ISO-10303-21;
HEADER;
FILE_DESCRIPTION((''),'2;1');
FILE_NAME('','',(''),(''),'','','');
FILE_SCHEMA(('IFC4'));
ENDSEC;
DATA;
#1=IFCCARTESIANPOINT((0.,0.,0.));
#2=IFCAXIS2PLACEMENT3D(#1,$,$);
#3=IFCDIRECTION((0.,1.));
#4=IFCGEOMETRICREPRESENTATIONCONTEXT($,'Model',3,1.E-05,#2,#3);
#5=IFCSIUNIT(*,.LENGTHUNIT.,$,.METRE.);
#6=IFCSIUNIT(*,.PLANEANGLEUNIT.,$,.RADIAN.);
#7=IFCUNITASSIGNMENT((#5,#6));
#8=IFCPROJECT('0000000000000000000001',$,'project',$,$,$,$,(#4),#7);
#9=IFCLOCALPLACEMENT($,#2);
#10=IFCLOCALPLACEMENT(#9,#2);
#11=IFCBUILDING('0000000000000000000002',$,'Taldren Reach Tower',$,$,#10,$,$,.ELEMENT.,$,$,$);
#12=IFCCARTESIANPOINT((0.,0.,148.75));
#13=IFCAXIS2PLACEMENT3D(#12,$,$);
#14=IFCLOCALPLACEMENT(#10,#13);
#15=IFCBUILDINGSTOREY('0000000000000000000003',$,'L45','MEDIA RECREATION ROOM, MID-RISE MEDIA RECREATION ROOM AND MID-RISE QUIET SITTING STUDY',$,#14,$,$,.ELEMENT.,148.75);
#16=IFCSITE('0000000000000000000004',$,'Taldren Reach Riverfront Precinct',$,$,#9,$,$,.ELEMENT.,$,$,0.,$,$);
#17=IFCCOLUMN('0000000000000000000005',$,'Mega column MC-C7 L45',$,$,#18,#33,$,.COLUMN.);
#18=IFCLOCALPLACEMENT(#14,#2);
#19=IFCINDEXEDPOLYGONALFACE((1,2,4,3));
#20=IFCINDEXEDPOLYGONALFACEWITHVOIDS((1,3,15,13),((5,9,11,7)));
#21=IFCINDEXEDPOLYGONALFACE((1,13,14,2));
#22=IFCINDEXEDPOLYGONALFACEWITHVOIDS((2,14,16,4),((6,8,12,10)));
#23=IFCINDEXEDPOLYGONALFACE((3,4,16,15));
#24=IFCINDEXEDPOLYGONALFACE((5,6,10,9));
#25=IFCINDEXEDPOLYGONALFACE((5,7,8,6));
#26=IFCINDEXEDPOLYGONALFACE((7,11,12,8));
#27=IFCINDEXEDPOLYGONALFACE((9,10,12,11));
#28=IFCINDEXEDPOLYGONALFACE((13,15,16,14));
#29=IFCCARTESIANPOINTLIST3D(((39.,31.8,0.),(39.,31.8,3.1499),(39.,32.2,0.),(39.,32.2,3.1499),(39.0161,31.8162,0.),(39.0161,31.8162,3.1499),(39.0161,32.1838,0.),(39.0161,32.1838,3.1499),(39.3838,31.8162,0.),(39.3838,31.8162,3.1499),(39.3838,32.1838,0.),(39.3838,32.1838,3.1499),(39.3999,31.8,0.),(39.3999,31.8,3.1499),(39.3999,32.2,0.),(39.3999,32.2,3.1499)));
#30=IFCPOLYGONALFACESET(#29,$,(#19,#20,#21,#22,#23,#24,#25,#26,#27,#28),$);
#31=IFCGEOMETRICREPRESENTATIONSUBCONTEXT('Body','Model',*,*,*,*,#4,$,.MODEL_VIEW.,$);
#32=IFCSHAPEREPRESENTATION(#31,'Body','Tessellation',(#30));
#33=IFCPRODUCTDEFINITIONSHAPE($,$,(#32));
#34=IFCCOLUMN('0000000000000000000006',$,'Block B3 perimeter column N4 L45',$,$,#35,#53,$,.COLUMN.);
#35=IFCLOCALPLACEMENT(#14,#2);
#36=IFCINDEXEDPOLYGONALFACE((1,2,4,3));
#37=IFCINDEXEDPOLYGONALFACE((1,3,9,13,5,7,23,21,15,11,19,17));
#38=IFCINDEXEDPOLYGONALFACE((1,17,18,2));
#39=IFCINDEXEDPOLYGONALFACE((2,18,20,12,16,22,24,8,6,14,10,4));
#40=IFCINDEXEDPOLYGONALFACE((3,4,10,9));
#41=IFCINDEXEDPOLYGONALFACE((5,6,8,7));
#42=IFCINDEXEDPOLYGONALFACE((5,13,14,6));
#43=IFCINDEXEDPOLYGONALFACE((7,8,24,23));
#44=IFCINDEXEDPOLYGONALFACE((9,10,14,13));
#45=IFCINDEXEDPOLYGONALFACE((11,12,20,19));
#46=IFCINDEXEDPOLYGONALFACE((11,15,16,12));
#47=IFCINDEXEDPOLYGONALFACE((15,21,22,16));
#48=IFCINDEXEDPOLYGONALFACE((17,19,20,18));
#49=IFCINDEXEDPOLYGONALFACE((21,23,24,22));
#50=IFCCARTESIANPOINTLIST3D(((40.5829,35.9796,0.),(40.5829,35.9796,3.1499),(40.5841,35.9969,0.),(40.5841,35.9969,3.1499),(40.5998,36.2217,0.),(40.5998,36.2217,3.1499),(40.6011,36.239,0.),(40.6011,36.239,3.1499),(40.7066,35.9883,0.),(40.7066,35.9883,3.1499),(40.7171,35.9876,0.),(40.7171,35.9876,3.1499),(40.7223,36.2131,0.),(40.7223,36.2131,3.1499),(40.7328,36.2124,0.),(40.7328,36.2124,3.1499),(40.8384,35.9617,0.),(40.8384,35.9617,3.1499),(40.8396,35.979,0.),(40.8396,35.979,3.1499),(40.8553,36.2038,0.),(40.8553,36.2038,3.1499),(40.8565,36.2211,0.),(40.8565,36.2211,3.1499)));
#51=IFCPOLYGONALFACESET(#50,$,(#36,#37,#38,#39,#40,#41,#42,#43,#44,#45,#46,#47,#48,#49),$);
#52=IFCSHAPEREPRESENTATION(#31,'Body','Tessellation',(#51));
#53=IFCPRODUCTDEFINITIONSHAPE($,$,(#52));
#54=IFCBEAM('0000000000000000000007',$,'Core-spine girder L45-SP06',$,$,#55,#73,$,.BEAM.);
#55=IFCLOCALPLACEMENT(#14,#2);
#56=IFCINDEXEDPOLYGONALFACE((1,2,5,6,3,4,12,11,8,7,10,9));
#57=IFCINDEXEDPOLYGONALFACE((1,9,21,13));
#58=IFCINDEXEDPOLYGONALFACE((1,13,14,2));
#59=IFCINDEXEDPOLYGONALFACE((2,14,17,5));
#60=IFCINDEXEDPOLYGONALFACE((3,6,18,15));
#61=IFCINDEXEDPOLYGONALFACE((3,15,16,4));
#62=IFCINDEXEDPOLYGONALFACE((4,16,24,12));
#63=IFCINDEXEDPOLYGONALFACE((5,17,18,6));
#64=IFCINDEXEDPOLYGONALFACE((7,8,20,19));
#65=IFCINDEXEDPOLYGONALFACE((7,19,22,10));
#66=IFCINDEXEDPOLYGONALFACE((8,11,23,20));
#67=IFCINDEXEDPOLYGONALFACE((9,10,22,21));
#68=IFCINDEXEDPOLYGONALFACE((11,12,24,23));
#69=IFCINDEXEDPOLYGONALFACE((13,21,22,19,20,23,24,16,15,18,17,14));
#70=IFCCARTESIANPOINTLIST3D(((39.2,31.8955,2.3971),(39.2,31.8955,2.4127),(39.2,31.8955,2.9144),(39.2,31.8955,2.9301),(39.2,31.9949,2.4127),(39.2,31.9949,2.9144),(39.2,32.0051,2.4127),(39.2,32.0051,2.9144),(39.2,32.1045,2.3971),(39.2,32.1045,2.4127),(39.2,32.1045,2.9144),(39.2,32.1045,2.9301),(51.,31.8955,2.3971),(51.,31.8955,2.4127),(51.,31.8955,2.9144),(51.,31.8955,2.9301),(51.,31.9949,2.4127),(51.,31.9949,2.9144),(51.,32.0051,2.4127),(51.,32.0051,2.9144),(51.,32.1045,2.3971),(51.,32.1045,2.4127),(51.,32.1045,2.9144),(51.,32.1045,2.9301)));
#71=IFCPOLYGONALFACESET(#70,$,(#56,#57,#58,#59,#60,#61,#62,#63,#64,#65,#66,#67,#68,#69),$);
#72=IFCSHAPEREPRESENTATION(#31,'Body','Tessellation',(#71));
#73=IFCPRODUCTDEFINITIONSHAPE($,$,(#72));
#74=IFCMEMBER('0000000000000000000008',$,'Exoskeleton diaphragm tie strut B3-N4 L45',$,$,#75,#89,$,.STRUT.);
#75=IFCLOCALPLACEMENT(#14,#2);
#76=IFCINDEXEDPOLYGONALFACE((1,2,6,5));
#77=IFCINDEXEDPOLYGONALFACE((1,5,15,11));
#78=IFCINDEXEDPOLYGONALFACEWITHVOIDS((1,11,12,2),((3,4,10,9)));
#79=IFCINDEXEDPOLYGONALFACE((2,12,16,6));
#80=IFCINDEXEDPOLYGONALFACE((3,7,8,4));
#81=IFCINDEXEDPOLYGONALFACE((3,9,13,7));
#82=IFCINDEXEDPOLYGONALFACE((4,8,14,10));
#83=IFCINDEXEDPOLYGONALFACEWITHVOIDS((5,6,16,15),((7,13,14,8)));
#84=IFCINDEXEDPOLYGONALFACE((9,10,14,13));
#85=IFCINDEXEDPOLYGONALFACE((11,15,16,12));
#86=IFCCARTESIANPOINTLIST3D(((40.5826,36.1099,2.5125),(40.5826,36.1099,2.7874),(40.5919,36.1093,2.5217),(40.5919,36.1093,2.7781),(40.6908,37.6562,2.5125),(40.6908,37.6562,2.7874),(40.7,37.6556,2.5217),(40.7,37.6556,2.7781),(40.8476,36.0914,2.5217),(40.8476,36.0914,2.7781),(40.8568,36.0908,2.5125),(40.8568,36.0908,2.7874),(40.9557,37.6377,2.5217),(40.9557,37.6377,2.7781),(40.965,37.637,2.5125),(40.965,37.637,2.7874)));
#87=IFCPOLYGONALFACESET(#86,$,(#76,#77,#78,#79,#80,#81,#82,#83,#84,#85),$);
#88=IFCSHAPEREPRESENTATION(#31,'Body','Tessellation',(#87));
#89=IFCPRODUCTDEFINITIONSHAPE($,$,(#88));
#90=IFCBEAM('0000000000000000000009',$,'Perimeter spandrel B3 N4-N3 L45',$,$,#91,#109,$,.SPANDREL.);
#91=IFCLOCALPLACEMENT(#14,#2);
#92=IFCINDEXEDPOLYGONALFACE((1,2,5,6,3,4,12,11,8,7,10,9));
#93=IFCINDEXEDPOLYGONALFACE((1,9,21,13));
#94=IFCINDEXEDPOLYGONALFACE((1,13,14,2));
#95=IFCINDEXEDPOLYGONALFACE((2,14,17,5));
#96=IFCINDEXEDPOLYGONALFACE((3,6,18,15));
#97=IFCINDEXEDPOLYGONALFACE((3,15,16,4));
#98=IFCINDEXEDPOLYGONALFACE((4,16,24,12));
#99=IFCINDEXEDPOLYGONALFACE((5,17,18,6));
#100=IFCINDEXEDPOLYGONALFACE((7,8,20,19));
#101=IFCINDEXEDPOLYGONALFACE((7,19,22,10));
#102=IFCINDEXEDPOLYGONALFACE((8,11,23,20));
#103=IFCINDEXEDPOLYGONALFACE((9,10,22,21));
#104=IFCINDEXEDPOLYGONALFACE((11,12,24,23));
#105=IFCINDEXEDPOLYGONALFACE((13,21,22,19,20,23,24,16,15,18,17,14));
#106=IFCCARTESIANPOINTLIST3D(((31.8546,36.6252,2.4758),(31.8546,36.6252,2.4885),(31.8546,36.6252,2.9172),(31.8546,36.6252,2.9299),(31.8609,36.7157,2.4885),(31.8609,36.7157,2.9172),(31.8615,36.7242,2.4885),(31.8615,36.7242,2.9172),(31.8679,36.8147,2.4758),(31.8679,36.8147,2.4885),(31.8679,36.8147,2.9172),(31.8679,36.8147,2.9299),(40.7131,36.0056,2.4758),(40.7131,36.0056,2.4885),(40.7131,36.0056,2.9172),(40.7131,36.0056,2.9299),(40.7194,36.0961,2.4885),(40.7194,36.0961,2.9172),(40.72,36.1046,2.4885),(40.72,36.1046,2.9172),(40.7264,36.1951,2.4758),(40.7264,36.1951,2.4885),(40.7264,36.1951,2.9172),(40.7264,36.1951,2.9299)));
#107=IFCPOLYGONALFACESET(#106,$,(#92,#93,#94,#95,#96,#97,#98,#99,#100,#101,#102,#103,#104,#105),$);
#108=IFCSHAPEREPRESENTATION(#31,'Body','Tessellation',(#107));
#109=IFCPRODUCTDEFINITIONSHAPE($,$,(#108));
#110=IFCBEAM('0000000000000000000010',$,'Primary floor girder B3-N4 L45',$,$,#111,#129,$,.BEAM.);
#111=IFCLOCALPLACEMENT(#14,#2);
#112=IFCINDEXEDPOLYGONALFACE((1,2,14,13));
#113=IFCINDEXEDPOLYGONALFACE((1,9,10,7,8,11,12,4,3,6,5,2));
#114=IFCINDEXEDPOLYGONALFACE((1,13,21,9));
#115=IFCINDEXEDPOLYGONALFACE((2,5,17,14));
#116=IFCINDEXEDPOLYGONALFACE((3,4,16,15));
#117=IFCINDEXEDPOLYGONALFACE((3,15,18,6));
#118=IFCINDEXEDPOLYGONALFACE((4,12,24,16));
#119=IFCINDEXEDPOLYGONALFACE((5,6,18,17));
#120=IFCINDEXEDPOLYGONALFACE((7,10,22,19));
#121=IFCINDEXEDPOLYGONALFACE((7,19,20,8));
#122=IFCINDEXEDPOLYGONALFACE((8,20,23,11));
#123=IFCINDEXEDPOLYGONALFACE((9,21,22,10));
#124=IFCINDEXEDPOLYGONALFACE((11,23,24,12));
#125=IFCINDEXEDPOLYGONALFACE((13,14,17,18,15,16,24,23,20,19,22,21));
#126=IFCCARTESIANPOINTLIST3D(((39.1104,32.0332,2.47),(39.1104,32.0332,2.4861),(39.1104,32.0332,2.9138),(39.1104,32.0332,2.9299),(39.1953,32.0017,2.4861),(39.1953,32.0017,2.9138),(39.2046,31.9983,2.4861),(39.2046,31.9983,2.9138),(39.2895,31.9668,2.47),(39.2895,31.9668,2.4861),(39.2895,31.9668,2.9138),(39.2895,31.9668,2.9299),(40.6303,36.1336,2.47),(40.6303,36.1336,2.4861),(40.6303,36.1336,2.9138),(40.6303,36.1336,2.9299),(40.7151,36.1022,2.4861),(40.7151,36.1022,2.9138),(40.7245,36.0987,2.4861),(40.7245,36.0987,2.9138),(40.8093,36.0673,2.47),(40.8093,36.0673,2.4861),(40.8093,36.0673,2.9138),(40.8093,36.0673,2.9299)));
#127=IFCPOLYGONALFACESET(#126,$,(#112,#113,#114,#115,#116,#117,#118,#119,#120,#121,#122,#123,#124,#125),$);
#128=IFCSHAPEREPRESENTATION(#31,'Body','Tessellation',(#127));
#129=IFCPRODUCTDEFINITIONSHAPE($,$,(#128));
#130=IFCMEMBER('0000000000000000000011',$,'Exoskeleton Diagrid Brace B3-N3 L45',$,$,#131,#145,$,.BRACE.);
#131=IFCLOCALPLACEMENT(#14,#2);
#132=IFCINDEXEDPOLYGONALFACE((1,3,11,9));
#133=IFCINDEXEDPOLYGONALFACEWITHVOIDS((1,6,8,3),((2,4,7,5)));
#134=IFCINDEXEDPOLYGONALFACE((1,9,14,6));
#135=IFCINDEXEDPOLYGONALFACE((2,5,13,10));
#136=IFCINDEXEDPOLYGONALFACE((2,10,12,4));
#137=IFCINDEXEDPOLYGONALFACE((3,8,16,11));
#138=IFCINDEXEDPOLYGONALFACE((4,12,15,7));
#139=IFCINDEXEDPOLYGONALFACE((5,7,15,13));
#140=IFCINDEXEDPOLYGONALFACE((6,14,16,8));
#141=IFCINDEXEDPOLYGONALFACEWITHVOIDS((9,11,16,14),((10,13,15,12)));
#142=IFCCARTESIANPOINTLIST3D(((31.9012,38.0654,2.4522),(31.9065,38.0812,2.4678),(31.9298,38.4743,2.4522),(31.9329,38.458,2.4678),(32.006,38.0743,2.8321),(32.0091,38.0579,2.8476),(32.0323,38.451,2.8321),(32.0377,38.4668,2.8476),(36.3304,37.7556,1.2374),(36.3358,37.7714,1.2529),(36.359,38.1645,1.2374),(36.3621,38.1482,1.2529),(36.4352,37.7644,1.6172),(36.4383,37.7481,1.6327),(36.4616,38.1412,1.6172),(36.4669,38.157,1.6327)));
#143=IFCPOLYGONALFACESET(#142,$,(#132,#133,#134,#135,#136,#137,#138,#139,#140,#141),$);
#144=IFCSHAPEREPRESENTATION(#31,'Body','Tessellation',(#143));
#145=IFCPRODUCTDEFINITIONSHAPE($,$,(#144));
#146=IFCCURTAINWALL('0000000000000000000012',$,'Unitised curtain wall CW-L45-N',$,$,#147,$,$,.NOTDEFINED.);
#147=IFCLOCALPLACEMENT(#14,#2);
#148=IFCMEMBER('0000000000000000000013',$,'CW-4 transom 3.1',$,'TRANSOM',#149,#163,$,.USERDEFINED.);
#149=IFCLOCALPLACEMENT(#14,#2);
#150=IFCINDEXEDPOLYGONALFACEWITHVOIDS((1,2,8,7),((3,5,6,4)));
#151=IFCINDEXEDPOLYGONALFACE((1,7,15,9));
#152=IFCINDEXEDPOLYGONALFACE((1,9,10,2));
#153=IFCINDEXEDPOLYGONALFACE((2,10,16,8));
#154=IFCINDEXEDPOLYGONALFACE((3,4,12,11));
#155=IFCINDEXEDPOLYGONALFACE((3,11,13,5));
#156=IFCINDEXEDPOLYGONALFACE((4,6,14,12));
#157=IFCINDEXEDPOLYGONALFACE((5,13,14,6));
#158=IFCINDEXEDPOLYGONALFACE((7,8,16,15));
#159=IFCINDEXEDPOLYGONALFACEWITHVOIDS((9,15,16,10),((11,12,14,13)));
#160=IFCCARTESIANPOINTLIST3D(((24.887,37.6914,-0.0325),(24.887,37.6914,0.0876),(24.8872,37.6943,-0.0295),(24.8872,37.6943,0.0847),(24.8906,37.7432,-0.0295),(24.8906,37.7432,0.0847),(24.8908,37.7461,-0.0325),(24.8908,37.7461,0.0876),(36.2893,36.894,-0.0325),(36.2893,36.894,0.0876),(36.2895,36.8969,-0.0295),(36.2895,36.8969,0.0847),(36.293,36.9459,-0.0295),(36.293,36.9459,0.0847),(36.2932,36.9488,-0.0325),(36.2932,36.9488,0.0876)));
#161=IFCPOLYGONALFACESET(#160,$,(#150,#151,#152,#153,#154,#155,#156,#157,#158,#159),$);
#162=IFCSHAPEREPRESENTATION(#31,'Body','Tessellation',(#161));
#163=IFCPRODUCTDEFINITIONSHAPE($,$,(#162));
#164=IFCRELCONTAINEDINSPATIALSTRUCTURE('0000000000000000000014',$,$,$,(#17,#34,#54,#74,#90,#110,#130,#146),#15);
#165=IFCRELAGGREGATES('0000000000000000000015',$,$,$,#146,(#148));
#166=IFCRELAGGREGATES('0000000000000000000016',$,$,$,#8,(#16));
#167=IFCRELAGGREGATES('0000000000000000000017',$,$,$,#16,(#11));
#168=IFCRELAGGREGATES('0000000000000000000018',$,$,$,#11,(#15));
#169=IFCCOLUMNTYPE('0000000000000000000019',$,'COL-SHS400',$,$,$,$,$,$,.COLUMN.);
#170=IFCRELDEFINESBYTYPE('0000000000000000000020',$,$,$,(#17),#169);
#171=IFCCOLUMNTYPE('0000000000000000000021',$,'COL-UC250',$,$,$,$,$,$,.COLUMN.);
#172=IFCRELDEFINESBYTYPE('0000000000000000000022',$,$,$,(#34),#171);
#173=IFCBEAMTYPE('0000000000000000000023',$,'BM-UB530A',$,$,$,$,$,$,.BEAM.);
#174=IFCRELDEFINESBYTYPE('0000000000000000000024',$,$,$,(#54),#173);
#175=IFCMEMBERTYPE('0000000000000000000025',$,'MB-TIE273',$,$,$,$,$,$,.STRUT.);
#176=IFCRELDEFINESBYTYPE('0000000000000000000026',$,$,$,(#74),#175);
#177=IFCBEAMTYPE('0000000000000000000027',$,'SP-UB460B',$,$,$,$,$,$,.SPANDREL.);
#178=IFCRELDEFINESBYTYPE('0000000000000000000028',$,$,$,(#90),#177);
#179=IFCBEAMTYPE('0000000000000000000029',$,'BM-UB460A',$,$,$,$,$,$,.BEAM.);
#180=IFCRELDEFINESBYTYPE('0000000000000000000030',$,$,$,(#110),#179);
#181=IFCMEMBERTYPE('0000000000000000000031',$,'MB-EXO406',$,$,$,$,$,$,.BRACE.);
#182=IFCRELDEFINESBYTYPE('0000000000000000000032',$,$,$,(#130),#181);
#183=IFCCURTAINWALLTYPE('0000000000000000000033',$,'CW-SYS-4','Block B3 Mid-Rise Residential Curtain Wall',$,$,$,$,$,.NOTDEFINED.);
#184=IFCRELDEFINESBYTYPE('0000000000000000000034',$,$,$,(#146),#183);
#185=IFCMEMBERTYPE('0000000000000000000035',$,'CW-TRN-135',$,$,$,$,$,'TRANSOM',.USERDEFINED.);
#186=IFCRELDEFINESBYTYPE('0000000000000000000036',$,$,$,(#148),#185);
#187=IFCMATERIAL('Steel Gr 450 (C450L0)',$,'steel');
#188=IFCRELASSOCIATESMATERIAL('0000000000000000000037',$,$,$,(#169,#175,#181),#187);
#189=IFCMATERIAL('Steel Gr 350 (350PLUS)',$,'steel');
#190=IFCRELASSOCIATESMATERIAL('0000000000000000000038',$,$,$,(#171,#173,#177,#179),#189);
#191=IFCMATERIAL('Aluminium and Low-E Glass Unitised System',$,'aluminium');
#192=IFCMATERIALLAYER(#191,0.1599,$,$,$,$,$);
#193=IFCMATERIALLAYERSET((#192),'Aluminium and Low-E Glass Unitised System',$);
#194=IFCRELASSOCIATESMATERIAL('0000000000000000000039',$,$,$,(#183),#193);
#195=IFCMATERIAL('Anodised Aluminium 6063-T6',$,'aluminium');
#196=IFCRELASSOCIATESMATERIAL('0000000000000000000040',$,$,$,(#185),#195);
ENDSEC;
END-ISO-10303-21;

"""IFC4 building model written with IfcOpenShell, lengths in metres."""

from ifc_helpers import new_model, si_unit, direction, frame, origin, origin_2d, place, context, subcontext, project, spatial, hollow_rectangle, i_section, extrude, source, transform, mapped, material, layer, layer_set, material_profile, profile_set, type_object, element, aggregate, save


model = new_model("IFC4")

# Units and contexts
model_context = context("Model", 3, precision=1e-05, world=origin(), true_north=direction((0.0, 1.0)))
body_context = subcontext(model_context, "Body", "Model", "MODEL_VIEW")
ifc_project = project(units=[si_unit("LENGTHUNIT", "METRE"), si_unit("PLANEANGLEUNIT", "RADIAN")], contexts=[model_context])

# Site, building, storey
site_placement = place(None, origin())
site = spatial("IfcSite", under=ifc_project, at=site_placement, Name="Taldren Reach Riverfront Precinct", CompositionType="ELEMENT", RefElevation=0.0)
building_placement = place(site_placement, origin())
building = spatial("IfcBuilding", under=site, at=building_placement, Name="Taldren Reach Tower", CompositionType="ELEMENT")
storey_placement = place(building_placement, frame((0.0, 0.0, 148.75)))
storey = spatial("IfcBuildingStorey", under=building, at=storey_placement, Name="L45", Description="MEDIA RECREATION ROOM, MID-RISE MEDIA RECREATION ROOM AND MID-RISE QUIET SITTING STUDY", CompositionType="ELEMENT", Elevation=148.75)

# Columns
ifc_material_1 = material(Name="Steel Gr 450 (C450L0)", Category="steel")
ifc_material_profile_1 = material_profile(ifc_material_1, hollow_rectangle(XDim=0.3999, YDim=0.3999, WallThickness=0.0161, at=origin_2d()), Name="400x400x16.0SHS")
ifc_profile_set_1 = profile_set([ifc_material_profile_1], Name="Steel Gr 450 (C450L0)")
column_type_1 = type_object("IfcColumnType", Name="COL-SHS400", PredefinedType="COLUMN", material=ifc_profile_set_1)
shared_shape_1 = source(origin(), body_context, "Body", "SweptSolid", [
    extrude(hollow_rectangle(XDim=0.3999, YDim=0.3999, WallThickness=0.0161, at=origin_2d()), origin(), (0.0, 0.0, 1.0), 3.1499),
])
column_1_placement = place(storey_placement, frame((39.2, 32.0, 0.0), z_axis=(0.0, 0.0, 1.0), x_axis=(1.0, 0.0, 0.0)))
element("IfcColumn", 1, at=column_1_placement, inside=storey, type_object=column_type_1, Name="Mega column MC-C7 L45", PredefinedType="COLUMN", context=body_context, shape_type="MappedRepresentation", body=[
    mapped(shared_shape_1, transform((0.0, 0.0, 0.0), scale=1.0)),
])
ifc_material_2 = material(Name="Steel Gr 350 (350PLUS)", Category="steel")
ifc_material_profile_2 = material_profile(ifc_material_2, i_section(OverallWidth=0.2561, OverallDepth=0.26, WebThickness=0.0105, FlangeThickness=0.0173, at=origin_2d()), Name="250UC89.5")
ifc_profile_set_2 = profile_set([ifc_material_profile_2], Name="Steel Gr 350 (350PLUS)")
column_type_2 = type_object("IfcColumnType", Name="COL-UC250", PredefinedType="COLUMN", material=ifc_profile_set_2)
shared_shape_2 = source(origin(), body_context, "Body", "SweptSolid", [
    extrude(i_section(OverallWidth=0.2561, OverallDepth=0.26, WebThickness=0.0105, FlangeThickness=0.0173, at=origin_2d()), origin(), (0.0, 0.0, 1.0), 3.1499),
])
column_2_placement = place(storey_placement, frame((40.7197, 36.1003, 0.0), z_axis=(0.0, 0.0, 1.0), x_axis=(0.997564, -0.069756, 0.0)))
element("IfcColumn", 2, at=column_2_placement, inside=storey, type_object=column_type_2, Name="Block B3 perimeter column N4 L45", PredefinedType="COLUMN", context=body_context, shape_type="MappedRepresentation", body=[
    mapped(shared_shape_2, transform((0.0, 0.0, 0.0), scale=1.0)),
])

# Beam
ifc_material_profile_3 = material_profile(ifc_material_2, i_section(OverallWidth=0.209, OverallDepth=0.533, WebThickness=0.0103, FlangeThickness=0.0156, at=origin_2d()), Name="530UB92.4")
ifc_profile_set_3 = profile_set([ifc_material_profile_3], Name="Steel Gr 350 (350PLUS)")
beam_type_1 = type_object("IfcBeamType", Name="BM-UB530A", PredefinedType="BEAM", material=ifc_profile_set_3)
shared_shape_3 = source(origin(), body_context, "Body", "SweptSolid", [
    extrude(i_section(OverallWidth=0.209, OverallDepth=0.533, WebThickness=0.0103, FlangeThickness=0.0156, at=origin_2d()), origin(), (0.0, 0.0, 1.0), 11.8),
])
beam_1_placement = place(storey_placement, frame((39.2, 32.0, 2.6636), z_axis=(1.0, 0.0, 0.0), x_axis=(0.0, 1.0, 0.0)))
element("IfcBeam", 3, at=beam_1_placement, inside=storey, type_object=beam_type_1, Name="Core-spine girder L45-SP06", PredefinedType="BEAM", context=body_context, shape_type="MappedRepresentation", body=[
    mapped(shared_shape_3, transform((0.0, 0.0, 0.0), scale=1.0)),
])

# Member
ifc_material_profile_4 = material_profile(ifc_material_1, hollow_rectangle(XDim=0.2749, YDim=0.2749, WallThickness=0.0093, at=origin_2d()), Name="275x275x9.3SHS")
ifc_profile_set_4 = profile_set([ifc_material_profile_4], Name="Steel Gr 450 (C450L0)")
member_type_1 = type_object("IfcMemberType", Name="MB-TIE273", PredefinedType="STRUT", material=ifc_profile_set_4)
shared_shape_4 = source(origin(), body_context, "Body", "SweptSolid", [
    extrude(hollow_rectangle(XDim=0.2749, YDim=0.2749, WallThickness=0.0093, at=origin_2d()), origin(), (0.0, 0.0, 1.0), 1.55),
])
member_1_placement = place(storey_placement, frame((40.7197, 36.1003, 2.6499), z_axis=(0.06977, 0.997563, 0.0), x_axis=(-0.997563, 0.06977, 0.0)))
element("IfcMember", 4, at=member_1_placement, inside=storey, type_object=member_type_1, Name="Exoskeleton diaphragm tie strut B3-N4 L45", PredefinedType="STRUT", context=body_context, shape_type="MappedRepresentation", body=[
    mapped(shared_shape_4, transform((0.0, 0.0, 0.0), scale=1.0)),
])

# Beams
ifc_material_profile_5 = material_profile(ifc_material_2, i_section(OverallWidth=0.1899, OverallDepth=0.4541, WebThickness=0.0085, FlangeThickness=0.0127, at=origin_2d()), Name="460UB67.1")
ifc_profile_set_5 = profile_set([ifc_material_profile_5], Name="Steel Gr 350 (350PLUS)")
beam_type_2 = type_object("IfcBeamType", Name="SP-UB460B", PredefinedType="SPANDREL", material=ifc_profile_set_5)
shared_shape_5 = source(origin(), body_context, "Body", "SweptSolid", [
    extrude(i_section(OverallWidth=0.1899, OverallDepth=0.4541, WebThickness=0.0085, FlangeThickness=0.0127, at=origin_2d()), origin(), (0.0, 0.0, 1.0), 8.8801),
])
beam_2_placement = place(storey_placement, frame((40.7197, 36.1003, 2.7029), z_axis=(-0.997563, 0.069778, 0.0), x_axis=(-0.069778, -0.997563, 0.0)))
element("IfcBeam", 5, at=beam_2_placement, inside=storey, type_object=beam_type_2, Name="Perimeter spandrel B3 N4-N3 L45", PredefinedType="SPANDREL", context=body_context, shape_type="MappedRepresentation", body=[
    mapped(shared_shape_5, transform((0.0, 0.0, 0.0), scale=1.0)),
])
ifc_material_profile_6 = material_profile(ifc_material_2, i_section(OverallWidth=0.1909, OverallDepth=0.46, WebThickness=0.01, FlangeThickness=0.0161, at=origin_2d()), Name="460UB82.1")
ifc_profile_set_6 = profile_set([ifc_material_profile_6], Name="Steel Gr 350 (350PLUS)")
beam_type_3 = type_object("IfcBeamType", Name="BM-UB460A", PredefinedType="BEAM", material=ifc_profile_set_6)
shared_shape_6 = source(origin(), body_context, "Body", "SweptSolid", [
    extrude(i_section(OverallWidth=0.1909, OverallDepth=0.46, WebThickness=0.01, FlangeThickness=0.0161, at=origin_2d()), origin(), (0.0, 0.0, 1.0), 4.373),
])
beam_3_placement = place(storey_placement, frame((39.2, 32.0, 2.7), z_axis=(0.347542, 0.937665, 0.0), x_axis=(-0.937665, 0.347542, 0.0)))
element("IfcBeam", 6, at=beam_3_placement, inside=storey, type_object=beam_type_3, Name="Primary floor girder B3-N4 L45", PredefinedType="BEAM", context=body_context, shape_type="MappedRepresentation", body=[
    mapped(shared_shape_6, transform((0.0, 0.0, 0.0), scale=1.0)),
])

# Member
ifc_material_profile_7 = material_profile(ifc_material_1, hollow_rectangle(XDim=0.4099, YDim=0.4099, WallThickness=0.0161, at=origin_2d()), Name="410x410x16.0SHS")
ifc_profile_set_7 = profile_set([ifc_material_profile_7], Name="Steel Gr 450 (C450L0)")
member_type_2 = type_object("IfcMemberType", Name="MB-EXO406", PredefinedType="BRACE", material=ifc_profile_set_7)
shared_shape_7 = source(origin(), body_context, "Body", "SweptSolid", [
    extrude(hollow_rectangle(XDim=0.4099, YDim=0.4099, WallThickness=0.0161, at=origin_2d()), origin(), (0.0, 0.0, 1.0), 4.6033),
])
member_2_placement = place(storey_placement, frame((36.3987, 37.9563, 1.4351), z_axis=(-0.962196, 0.067304, 0.263912), x_axis=(-0.069778, -0.997563, 0.0)))
element("IfcMember", 7, at=member_2_placement, inside=storey, type_object=member_type_2, Name="Exoskeleton Diagrid Brace B3-N3 L45", PredefinedType="BRACE", context=body_context, shape_type="MappedRepresentation", body=[
    mapped(shared_shape_7, transform((0.0, 0.0, 0.0), scale=1.0)),
])

# Curtain wall, member
ifc_material_3 = material(Name="Aluminium and Low-E Glass Unitised System", Category="aluminium")
ifc_layer_1 = layer(ifc_material_3, 0.1599)
ifc_layer_set_1 = layer_set([ifc_layer_1], Name="Aluminium and Low-E Glass Unitised System")
curtain_wall_type = type_object("IfcCurtainWallType", Name="CW-SYS-4", Description="Block B3 Mid-Rise Residential Curtain Wall", PredefinedType="NOTDEFINED", material=ifc_layer_set_1)
curtain_wall_placement = place(storey_placement, origin())
curtain_wall = element("IfcCurtainWall", 8, at=curtain_wall_placement, inside=storey, type_object=curtain_wall_type, Name="Unitised curtain wall CW-L45-N", PredefinedType="NOTDEFINED")
ifc_material_4 = material(Name="Anodised Aluminium 6063-T6", Category="aluminium")
ifc_material_profile_8 = material_profile(ifc_material_4, hollow_rectangle(XDim=0.0549, YDim=0.1201, WallThickness=0.0029, at=origin_2d()), Name="ALU-120x55x3RHS")
ifc_profile_set_8 = profile_set([ifc_material_profile_8], Name="Anodised Aluminium 6063-T6")
member_type_3 = type_object("IfcMemberType", Name="CW-TRN-135", ElementType="TRANSOM", PredefinedType="USERDEFINED", material=ifc_profile_set_8)
shared_shape_8 = source(origin(), body_context, "Body", "SweptSolid", [
    extrude(hollow_rectangle(XDim=0.0549, YDim=0.1201, WallThickness=0.0029, at=origin_2d()), origin(), (0.0, 0.0, 1.0), 11.4302),
])
member_3_placement = place(storey_placement, frame((36.2913, 36.9214, 0.0276), z_axis=(-0.997564, 0.069759, 0.0), x_axis=(-0.069759, -0.997564, 0.0)))
member_3 = element("IfcMember", 9, at=member_3_placement, type_object=member_type_3, Name="CW-4 transom 3.1", ObjectType="TRANSOM", PredefinedType="USERDEFINED", context=body_context, shape_type="MappedRepresentation", body=[
    mapped(shared_shape_8, transform((0.0, 0.0, 0.0), scale=1.0)),
])
aggregate(curtain_wall, [member_3])

save(model, "model.ifc")
